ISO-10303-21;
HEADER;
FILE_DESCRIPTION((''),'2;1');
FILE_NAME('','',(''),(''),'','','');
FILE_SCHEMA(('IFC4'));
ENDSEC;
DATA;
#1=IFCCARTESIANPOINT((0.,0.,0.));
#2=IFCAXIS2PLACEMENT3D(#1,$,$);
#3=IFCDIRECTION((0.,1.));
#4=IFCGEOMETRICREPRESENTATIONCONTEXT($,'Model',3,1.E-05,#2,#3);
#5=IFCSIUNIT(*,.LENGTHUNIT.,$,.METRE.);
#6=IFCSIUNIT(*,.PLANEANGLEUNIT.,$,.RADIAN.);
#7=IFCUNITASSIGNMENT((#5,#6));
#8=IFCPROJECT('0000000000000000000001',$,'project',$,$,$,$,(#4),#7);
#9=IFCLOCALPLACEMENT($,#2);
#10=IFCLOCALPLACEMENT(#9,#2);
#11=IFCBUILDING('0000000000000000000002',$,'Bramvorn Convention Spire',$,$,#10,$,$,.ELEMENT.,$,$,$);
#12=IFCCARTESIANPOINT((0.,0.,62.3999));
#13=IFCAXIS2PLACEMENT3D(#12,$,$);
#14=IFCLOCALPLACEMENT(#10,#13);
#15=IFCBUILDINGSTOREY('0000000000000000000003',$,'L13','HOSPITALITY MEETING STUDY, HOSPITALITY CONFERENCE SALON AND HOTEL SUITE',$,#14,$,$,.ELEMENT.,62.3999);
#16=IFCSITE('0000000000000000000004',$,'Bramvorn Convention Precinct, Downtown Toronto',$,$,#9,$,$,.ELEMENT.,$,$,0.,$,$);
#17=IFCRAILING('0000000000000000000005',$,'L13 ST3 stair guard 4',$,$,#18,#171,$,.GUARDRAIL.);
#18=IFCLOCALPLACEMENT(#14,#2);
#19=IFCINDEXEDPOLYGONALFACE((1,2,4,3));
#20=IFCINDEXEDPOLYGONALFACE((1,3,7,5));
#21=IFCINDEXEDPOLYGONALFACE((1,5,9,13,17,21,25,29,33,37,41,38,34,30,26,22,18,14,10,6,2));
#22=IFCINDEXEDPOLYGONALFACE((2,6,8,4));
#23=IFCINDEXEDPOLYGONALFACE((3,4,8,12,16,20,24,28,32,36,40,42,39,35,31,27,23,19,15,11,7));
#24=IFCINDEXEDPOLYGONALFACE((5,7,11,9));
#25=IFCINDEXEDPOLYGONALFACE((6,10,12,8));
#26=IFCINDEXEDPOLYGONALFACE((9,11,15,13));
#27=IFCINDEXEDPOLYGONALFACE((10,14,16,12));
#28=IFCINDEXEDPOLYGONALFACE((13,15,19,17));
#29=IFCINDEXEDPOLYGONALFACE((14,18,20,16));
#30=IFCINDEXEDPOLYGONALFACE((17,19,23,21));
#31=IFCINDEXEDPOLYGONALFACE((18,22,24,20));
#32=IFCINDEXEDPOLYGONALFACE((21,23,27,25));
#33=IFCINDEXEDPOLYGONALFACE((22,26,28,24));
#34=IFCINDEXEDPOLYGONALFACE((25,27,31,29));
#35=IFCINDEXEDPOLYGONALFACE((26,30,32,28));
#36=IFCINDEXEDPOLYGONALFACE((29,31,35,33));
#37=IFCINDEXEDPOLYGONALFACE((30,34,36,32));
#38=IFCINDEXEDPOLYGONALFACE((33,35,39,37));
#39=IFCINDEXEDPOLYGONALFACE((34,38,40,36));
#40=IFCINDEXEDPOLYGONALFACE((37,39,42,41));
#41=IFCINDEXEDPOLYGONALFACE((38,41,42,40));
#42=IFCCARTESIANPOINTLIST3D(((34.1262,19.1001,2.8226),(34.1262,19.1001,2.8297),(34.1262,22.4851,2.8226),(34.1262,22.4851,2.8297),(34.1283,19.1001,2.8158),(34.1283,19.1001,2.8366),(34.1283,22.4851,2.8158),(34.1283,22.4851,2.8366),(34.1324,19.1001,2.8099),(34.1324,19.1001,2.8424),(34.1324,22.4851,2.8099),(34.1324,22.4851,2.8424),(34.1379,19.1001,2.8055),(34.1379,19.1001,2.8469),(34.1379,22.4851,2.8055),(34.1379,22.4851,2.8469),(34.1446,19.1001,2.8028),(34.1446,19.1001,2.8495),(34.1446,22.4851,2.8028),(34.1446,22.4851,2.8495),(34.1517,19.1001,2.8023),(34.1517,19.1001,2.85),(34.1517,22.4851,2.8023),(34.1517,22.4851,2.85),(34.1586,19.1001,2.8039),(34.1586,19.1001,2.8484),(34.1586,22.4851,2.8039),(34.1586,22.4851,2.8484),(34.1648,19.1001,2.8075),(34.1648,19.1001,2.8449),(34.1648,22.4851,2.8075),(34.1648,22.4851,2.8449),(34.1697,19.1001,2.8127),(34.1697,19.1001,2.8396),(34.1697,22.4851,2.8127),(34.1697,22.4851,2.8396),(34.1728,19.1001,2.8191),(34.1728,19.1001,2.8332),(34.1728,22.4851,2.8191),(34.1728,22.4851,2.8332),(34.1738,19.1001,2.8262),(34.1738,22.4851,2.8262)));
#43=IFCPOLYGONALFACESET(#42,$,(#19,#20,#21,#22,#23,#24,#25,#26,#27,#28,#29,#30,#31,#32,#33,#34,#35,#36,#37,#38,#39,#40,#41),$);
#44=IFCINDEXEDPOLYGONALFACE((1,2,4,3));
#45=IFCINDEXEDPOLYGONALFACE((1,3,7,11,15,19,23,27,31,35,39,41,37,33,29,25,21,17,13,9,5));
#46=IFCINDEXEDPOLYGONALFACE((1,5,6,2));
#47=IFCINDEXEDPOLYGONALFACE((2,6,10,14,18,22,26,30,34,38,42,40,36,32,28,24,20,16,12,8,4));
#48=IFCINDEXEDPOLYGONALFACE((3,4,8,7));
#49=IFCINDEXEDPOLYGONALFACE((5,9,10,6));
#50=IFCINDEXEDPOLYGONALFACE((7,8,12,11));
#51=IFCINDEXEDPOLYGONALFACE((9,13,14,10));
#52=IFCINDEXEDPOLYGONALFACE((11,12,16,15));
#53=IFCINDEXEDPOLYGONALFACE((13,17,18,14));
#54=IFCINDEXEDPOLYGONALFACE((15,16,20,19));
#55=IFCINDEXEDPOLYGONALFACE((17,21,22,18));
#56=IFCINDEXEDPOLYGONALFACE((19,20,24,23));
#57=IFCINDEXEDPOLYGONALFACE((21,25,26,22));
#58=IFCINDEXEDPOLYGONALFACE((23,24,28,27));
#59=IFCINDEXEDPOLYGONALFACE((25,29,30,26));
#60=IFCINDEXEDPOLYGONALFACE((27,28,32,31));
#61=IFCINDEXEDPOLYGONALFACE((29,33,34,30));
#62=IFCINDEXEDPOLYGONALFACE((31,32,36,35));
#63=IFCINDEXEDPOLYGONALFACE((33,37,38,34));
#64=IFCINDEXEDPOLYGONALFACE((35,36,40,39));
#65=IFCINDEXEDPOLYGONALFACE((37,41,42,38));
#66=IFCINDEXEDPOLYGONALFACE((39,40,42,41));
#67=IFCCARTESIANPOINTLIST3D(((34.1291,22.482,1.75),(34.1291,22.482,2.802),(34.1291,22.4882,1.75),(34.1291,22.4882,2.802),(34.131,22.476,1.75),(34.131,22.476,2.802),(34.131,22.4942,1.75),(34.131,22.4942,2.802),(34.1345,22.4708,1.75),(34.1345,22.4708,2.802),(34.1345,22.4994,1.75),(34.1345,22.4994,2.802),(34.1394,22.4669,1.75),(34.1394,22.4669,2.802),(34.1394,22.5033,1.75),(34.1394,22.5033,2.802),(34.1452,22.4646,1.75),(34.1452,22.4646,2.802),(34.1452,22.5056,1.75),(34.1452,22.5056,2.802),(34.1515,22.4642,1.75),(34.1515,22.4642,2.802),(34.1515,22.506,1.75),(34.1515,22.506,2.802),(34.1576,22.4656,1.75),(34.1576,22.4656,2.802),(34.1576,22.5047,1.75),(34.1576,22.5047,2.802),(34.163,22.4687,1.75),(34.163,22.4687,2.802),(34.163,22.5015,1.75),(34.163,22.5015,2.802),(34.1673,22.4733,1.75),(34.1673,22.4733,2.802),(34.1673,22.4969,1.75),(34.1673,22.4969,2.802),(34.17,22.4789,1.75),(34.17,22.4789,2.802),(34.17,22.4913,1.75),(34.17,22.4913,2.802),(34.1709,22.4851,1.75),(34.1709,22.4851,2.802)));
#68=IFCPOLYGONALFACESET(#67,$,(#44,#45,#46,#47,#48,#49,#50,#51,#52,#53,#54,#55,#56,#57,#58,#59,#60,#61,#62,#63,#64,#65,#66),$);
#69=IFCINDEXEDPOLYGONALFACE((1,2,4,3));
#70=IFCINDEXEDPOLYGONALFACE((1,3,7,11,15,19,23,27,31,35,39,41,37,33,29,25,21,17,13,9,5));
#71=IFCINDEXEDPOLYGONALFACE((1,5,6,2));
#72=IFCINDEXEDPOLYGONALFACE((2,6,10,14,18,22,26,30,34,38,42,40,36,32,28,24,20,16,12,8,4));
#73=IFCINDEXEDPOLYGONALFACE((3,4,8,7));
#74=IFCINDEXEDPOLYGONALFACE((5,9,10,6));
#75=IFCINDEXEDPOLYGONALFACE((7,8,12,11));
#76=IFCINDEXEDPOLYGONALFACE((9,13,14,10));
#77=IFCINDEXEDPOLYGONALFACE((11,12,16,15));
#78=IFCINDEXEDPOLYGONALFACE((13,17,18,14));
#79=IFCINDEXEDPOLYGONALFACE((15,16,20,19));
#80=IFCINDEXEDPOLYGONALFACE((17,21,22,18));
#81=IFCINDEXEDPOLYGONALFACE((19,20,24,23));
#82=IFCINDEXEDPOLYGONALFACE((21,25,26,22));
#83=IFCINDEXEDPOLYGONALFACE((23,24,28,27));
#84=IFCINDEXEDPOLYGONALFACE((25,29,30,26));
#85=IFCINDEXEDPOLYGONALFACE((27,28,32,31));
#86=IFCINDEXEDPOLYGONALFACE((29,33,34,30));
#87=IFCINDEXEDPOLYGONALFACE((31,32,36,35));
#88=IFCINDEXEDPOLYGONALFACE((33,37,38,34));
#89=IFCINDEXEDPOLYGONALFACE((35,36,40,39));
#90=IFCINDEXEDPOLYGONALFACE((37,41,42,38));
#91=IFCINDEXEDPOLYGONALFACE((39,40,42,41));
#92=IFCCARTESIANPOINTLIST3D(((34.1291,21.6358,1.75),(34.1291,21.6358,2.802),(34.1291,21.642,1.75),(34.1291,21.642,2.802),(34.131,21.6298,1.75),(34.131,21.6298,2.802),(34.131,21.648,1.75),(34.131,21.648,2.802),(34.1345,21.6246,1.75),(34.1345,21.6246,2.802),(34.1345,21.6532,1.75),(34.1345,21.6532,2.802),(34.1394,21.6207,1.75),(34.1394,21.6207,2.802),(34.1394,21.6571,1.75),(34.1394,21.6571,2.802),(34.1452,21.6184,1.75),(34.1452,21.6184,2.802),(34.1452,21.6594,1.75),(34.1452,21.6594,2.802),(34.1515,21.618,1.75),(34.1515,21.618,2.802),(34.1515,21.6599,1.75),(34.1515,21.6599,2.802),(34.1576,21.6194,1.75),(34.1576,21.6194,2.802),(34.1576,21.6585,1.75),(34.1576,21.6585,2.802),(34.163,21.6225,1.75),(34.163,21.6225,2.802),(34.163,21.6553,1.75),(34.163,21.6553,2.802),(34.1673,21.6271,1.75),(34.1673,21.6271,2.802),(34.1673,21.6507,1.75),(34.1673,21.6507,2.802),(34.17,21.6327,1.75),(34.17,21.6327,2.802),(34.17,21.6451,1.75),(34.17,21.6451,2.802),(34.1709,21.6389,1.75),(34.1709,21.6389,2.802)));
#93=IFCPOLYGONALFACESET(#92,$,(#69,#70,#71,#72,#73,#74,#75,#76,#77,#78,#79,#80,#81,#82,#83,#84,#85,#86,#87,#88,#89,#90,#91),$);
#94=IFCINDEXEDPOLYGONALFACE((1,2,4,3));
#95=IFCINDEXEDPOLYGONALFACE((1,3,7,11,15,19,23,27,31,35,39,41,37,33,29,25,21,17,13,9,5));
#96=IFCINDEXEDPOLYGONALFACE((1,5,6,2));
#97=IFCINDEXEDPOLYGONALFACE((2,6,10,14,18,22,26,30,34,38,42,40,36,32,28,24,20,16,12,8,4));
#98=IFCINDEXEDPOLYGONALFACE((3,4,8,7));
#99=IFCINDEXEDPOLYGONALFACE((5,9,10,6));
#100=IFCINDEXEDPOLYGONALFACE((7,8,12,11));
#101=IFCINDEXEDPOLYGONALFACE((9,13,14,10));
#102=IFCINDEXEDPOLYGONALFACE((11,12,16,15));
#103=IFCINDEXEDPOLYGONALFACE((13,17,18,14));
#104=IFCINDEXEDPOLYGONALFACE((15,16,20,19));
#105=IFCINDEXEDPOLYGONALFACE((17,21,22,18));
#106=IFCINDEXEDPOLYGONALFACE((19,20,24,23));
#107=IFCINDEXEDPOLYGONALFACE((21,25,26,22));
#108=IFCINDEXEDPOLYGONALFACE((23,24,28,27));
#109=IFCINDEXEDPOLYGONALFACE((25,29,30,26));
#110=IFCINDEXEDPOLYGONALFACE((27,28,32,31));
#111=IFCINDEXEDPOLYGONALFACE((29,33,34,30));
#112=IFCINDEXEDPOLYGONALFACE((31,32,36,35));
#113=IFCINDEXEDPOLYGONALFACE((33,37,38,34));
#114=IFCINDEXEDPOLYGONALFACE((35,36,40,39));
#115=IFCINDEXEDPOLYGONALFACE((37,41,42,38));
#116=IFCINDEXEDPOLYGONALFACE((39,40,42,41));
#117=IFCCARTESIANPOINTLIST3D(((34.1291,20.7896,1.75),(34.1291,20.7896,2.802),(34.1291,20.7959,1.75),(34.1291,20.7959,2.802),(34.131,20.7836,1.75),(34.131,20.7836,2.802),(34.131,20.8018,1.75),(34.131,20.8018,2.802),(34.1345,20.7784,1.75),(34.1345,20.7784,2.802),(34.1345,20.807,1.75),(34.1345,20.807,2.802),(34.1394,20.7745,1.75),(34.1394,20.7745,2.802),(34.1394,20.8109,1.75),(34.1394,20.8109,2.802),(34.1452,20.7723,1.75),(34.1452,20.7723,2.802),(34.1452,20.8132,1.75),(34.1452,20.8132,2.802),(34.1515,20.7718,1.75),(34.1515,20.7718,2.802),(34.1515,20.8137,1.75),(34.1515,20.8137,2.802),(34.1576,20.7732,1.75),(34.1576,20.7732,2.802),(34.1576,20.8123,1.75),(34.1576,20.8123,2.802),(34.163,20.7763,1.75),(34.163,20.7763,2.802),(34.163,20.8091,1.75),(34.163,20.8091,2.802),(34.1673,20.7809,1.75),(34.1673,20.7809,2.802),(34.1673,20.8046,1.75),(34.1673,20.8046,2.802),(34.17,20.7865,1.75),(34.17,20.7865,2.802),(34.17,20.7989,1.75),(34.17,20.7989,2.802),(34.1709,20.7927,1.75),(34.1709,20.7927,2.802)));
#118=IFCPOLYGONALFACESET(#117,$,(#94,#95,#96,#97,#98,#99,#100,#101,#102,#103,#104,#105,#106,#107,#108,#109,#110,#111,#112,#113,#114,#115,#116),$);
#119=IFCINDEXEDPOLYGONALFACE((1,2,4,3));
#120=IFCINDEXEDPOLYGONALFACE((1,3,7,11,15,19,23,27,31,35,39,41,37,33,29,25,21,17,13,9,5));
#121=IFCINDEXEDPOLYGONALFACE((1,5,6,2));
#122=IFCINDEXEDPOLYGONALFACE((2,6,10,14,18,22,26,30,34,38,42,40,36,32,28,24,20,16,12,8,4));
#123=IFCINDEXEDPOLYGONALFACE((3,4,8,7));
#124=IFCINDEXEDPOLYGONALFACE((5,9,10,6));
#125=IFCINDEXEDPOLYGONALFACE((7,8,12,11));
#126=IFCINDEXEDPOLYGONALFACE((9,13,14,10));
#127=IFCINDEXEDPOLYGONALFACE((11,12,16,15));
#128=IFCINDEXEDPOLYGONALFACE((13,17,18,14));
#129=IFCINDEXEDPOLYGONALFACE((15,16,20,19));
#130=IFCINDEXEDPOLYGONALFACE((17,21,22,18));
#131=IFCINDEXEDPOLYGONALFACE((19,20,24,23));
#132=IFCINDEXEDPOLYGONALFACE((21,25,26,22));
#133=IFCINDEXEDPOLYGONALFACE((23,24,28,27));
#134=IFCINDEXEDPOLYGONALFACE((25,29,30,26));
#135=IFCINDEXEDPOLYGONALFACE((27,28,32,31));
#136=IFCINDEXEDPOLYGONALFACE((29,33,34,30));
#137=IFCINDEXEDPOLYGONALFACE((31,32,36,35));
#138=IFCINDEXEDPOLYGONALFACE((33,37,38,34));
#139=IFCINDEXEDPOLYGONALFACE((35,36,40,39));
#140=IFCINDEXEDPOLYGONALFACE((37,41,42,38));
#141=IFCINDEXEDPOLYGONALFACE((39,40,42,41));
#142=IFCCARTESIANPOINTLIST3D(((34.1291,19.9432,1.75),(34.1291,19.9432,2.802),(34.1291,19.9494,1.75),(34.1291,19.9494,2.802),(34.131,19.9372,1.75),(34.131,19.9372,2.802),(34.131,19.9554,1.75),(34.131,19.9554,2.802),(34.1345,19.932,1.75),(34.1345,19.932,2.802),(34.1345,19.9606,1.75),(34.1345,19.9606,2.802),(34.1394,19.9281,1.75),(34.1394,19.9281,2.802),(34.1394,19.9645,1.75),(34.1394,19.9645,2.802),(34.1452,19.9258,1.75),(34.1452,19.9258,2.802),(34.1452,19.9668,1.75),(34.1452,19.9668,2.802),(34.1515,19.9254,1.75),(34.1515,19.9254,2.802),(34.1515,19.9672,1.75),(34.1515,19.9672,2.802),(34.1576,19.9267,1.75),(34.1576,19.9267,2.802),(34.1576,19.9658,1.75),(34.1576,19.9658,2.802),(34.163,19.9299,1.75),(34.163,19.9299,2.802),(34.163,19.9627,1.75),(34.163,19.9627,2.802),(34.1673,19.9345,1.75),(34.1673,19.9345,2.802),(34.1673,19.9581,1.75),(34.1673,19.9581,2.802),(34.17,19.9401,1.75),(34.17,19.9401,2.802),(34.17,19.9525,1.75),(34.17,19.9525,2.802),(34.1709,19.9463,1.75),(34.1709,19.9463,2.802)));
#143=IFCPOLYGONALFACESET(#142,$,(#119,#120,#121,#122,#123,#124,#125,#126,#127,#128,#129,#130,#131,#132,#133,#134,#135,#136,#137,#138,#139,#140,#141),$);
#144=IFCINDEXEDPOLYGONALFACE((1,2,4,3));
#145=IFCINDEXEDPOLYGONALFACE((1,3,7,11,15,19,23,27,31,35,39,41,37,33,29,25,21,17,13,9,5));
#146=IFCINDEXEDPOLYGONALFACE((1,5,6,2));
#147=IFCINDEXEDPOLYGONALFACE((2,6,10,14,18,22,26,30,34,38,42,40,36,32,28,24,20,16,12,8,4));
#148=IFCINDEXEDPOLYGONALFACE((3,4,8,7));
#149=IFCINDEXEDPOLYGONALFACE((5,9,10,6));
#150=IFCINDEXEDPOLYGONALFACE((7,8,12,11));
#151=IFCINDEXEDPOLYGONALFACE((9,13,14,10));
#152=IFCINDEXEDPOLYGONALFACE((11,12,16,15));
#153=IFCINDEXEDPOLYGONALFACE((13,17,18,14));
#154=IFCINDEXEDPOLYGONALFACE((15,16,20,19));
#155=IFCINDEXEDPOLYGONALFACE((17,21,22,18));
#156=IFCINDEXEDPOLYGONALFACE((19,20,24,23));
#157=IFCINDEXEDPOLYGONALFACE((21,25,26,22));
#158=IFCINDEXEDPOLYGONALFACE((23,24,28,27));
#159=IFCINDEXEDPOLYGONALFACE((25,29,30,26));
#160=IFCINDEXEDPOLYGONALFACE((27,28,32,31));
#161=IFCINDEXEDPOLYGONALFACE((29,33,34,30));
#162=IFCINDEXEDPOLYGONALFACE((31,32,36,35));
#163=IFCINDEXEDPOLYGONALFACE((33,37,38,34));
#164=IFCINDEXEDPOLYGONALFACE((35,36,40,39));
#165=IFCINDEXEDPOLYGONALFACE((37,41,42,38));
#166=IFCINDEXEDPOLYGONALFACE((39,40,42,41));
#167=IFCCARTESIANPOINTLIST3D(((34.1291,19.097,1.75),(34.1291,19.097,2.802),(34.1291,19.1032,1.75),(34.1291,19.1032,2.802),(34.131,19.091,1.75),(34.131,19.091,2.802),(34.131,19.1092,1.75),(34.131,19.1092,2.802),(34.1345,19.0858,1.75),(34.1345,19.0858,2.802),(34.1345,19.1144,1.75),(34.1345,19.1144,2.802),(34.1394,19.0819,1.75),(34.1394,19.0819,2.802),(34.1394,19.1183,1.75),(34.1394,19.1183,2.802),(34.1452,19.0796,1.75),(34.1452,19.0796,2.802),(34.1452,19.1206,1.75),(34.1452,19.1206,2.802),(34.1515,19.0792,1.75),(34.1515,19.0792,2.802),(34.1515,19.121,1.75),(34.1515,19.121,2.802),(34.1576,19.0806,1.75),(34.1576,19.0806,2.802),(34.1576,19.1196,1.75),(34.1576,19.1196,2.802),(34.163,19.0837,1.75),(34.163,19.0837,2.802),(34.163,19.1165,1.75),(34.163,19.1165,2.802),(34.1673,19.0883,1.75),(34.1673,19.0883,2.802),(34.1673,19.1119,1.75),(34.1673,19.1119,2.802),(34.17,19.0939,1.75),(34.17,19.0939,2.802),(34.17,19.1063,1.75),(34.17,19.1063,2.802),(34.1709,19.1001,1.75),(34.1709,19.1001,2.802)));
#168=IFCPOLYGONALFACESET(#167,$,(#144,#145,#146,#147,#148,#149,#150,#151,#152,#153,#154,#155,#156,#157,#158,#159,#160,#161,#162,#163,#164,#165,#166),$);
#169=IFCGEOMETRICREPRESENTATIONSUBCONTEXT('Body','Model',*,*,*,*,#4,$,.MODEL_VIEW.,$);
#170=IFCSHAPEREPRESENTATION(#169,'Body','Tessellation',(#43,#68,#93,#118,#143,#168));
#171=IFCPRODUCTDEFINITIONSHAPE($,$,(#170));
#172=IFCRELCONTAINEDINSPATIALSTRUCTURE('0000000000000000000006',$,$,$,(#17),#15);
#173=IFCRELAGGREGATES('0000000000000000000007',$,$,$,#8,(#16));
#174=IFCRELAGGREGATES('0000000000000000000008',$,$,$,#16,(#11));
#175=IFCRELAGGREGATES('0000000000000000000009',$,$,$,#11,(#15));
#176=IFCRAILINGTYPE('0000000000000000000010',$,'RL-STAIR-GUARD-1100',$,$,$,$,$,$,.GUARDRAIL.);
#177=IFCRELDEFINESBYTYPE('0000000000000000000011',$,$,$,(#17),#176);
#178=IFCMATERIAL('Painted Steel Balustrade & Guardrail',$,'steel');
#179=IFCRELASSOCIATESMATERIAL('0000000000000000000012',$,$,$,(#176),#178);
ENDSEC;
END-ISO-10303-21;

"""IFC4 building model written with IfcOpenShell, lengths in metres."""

from ifc_helpers import new_model, si_unit, direction, frame, origin, origin_2d, place, context, subcontext, project, spatial, circle, extrude, material, type_object, element, save


model = new_model("IFC4")

# Units and contexts
model_context = context("Model", 3, precision=1e-05, world=origin(), true_north=direction((0.0, 1.0)))
body_context = subcontext(model_context, "Body", "Model", "MODEL_VIEW")
ifc_project = project(units=[si_unit("LENGTHUNIT", "METRE"), si_unit("PLANEANGLEUNIT", "RADIAN")], contexts=[model_context])

# Site, building, storey
site_placement = place(None, origin())
site = spatial("IfcSite", under=ifc_project, at=site_placement, Name="Bramvorn Convention Precinct, Downtown Toronto", CompositionType="ELEMENT", RefElevation=0.0)
building_placement = place(site_placement, origin())
building = spatial("IfcBuilding", under=site, at=building_placement, Name="Bramvorn Convention Spire", CompositionType="ELEMENT")
storey_placement = place(building_placement, frame((0.0, 0.0, 62.3999)))
storey = spatial("IfcBuildingStorey", under=building, at=storey_placement, Name="L13", Description="HOSPITALITY MEETING STUDY, HOSPITALITY CONFERENCE SALON AND HOTEL SUITE", CompositionType="ELEMENT", Elevation=62.3999)

# Railing
ifc_material_1 = material(Name="Painted Steel Balustrade & Guardrail", Category="steel")
railing_type_1 = type_object("IfcRailingType", Name="RL-STAIR-GUARD-1100", PredefinedType="GUARDRAIL", material=ifc_material_1)
railing_1_placement = place(storey_placement, frame((34.1499, 22.4851, 1.75)))
element("IfcRailing", 1, at=railing_1_placement, inside=storey, type_object=railing_type_1, Name="L13 ST3 stair guard 4", PredefinedType="GUARDRAIL", context=body_context, shape_type="SweptSolid", body=[
    extrude(circle(Radius=0.0239, at=origin_2d()), frame((0.0, 0.0, 1.0762), z_axis=(0.0, -1.0, 0.0), x_axis=(1.0, 0.0, 0.0)), (0.0, 0.0, 1.0), 3.385),
    extrude(circle(Radius=0.021, at=origin_2d()), origin(), (0.0, 0.0, 1.0), 1.052),
    extrude(circle(Radius=0.021, at=origin_2d()), frame((0.0, -0.8462, 0.0)), (0.0, 0.0, 1.0), 1.052),
    extrude(circle(Radius=0.021, at=origin_2d()), frame((0.0, -1.6924, 0.0)), (0.0, 0.0, 1.0), 1.052),
    extrude(circle(Radius=0.021, at=origin_2d()), frame((0.0, -2.5388, 0.0)), (0.0, 0.0, 1.0), 1.052),
    extrude(circle(Radius=0.021, at=origin_2d()), frame((0.0, -3.385, 0.0)), (0.0, 0.0, 1.0), 1.052),
])

save(model, "model.ifc")
